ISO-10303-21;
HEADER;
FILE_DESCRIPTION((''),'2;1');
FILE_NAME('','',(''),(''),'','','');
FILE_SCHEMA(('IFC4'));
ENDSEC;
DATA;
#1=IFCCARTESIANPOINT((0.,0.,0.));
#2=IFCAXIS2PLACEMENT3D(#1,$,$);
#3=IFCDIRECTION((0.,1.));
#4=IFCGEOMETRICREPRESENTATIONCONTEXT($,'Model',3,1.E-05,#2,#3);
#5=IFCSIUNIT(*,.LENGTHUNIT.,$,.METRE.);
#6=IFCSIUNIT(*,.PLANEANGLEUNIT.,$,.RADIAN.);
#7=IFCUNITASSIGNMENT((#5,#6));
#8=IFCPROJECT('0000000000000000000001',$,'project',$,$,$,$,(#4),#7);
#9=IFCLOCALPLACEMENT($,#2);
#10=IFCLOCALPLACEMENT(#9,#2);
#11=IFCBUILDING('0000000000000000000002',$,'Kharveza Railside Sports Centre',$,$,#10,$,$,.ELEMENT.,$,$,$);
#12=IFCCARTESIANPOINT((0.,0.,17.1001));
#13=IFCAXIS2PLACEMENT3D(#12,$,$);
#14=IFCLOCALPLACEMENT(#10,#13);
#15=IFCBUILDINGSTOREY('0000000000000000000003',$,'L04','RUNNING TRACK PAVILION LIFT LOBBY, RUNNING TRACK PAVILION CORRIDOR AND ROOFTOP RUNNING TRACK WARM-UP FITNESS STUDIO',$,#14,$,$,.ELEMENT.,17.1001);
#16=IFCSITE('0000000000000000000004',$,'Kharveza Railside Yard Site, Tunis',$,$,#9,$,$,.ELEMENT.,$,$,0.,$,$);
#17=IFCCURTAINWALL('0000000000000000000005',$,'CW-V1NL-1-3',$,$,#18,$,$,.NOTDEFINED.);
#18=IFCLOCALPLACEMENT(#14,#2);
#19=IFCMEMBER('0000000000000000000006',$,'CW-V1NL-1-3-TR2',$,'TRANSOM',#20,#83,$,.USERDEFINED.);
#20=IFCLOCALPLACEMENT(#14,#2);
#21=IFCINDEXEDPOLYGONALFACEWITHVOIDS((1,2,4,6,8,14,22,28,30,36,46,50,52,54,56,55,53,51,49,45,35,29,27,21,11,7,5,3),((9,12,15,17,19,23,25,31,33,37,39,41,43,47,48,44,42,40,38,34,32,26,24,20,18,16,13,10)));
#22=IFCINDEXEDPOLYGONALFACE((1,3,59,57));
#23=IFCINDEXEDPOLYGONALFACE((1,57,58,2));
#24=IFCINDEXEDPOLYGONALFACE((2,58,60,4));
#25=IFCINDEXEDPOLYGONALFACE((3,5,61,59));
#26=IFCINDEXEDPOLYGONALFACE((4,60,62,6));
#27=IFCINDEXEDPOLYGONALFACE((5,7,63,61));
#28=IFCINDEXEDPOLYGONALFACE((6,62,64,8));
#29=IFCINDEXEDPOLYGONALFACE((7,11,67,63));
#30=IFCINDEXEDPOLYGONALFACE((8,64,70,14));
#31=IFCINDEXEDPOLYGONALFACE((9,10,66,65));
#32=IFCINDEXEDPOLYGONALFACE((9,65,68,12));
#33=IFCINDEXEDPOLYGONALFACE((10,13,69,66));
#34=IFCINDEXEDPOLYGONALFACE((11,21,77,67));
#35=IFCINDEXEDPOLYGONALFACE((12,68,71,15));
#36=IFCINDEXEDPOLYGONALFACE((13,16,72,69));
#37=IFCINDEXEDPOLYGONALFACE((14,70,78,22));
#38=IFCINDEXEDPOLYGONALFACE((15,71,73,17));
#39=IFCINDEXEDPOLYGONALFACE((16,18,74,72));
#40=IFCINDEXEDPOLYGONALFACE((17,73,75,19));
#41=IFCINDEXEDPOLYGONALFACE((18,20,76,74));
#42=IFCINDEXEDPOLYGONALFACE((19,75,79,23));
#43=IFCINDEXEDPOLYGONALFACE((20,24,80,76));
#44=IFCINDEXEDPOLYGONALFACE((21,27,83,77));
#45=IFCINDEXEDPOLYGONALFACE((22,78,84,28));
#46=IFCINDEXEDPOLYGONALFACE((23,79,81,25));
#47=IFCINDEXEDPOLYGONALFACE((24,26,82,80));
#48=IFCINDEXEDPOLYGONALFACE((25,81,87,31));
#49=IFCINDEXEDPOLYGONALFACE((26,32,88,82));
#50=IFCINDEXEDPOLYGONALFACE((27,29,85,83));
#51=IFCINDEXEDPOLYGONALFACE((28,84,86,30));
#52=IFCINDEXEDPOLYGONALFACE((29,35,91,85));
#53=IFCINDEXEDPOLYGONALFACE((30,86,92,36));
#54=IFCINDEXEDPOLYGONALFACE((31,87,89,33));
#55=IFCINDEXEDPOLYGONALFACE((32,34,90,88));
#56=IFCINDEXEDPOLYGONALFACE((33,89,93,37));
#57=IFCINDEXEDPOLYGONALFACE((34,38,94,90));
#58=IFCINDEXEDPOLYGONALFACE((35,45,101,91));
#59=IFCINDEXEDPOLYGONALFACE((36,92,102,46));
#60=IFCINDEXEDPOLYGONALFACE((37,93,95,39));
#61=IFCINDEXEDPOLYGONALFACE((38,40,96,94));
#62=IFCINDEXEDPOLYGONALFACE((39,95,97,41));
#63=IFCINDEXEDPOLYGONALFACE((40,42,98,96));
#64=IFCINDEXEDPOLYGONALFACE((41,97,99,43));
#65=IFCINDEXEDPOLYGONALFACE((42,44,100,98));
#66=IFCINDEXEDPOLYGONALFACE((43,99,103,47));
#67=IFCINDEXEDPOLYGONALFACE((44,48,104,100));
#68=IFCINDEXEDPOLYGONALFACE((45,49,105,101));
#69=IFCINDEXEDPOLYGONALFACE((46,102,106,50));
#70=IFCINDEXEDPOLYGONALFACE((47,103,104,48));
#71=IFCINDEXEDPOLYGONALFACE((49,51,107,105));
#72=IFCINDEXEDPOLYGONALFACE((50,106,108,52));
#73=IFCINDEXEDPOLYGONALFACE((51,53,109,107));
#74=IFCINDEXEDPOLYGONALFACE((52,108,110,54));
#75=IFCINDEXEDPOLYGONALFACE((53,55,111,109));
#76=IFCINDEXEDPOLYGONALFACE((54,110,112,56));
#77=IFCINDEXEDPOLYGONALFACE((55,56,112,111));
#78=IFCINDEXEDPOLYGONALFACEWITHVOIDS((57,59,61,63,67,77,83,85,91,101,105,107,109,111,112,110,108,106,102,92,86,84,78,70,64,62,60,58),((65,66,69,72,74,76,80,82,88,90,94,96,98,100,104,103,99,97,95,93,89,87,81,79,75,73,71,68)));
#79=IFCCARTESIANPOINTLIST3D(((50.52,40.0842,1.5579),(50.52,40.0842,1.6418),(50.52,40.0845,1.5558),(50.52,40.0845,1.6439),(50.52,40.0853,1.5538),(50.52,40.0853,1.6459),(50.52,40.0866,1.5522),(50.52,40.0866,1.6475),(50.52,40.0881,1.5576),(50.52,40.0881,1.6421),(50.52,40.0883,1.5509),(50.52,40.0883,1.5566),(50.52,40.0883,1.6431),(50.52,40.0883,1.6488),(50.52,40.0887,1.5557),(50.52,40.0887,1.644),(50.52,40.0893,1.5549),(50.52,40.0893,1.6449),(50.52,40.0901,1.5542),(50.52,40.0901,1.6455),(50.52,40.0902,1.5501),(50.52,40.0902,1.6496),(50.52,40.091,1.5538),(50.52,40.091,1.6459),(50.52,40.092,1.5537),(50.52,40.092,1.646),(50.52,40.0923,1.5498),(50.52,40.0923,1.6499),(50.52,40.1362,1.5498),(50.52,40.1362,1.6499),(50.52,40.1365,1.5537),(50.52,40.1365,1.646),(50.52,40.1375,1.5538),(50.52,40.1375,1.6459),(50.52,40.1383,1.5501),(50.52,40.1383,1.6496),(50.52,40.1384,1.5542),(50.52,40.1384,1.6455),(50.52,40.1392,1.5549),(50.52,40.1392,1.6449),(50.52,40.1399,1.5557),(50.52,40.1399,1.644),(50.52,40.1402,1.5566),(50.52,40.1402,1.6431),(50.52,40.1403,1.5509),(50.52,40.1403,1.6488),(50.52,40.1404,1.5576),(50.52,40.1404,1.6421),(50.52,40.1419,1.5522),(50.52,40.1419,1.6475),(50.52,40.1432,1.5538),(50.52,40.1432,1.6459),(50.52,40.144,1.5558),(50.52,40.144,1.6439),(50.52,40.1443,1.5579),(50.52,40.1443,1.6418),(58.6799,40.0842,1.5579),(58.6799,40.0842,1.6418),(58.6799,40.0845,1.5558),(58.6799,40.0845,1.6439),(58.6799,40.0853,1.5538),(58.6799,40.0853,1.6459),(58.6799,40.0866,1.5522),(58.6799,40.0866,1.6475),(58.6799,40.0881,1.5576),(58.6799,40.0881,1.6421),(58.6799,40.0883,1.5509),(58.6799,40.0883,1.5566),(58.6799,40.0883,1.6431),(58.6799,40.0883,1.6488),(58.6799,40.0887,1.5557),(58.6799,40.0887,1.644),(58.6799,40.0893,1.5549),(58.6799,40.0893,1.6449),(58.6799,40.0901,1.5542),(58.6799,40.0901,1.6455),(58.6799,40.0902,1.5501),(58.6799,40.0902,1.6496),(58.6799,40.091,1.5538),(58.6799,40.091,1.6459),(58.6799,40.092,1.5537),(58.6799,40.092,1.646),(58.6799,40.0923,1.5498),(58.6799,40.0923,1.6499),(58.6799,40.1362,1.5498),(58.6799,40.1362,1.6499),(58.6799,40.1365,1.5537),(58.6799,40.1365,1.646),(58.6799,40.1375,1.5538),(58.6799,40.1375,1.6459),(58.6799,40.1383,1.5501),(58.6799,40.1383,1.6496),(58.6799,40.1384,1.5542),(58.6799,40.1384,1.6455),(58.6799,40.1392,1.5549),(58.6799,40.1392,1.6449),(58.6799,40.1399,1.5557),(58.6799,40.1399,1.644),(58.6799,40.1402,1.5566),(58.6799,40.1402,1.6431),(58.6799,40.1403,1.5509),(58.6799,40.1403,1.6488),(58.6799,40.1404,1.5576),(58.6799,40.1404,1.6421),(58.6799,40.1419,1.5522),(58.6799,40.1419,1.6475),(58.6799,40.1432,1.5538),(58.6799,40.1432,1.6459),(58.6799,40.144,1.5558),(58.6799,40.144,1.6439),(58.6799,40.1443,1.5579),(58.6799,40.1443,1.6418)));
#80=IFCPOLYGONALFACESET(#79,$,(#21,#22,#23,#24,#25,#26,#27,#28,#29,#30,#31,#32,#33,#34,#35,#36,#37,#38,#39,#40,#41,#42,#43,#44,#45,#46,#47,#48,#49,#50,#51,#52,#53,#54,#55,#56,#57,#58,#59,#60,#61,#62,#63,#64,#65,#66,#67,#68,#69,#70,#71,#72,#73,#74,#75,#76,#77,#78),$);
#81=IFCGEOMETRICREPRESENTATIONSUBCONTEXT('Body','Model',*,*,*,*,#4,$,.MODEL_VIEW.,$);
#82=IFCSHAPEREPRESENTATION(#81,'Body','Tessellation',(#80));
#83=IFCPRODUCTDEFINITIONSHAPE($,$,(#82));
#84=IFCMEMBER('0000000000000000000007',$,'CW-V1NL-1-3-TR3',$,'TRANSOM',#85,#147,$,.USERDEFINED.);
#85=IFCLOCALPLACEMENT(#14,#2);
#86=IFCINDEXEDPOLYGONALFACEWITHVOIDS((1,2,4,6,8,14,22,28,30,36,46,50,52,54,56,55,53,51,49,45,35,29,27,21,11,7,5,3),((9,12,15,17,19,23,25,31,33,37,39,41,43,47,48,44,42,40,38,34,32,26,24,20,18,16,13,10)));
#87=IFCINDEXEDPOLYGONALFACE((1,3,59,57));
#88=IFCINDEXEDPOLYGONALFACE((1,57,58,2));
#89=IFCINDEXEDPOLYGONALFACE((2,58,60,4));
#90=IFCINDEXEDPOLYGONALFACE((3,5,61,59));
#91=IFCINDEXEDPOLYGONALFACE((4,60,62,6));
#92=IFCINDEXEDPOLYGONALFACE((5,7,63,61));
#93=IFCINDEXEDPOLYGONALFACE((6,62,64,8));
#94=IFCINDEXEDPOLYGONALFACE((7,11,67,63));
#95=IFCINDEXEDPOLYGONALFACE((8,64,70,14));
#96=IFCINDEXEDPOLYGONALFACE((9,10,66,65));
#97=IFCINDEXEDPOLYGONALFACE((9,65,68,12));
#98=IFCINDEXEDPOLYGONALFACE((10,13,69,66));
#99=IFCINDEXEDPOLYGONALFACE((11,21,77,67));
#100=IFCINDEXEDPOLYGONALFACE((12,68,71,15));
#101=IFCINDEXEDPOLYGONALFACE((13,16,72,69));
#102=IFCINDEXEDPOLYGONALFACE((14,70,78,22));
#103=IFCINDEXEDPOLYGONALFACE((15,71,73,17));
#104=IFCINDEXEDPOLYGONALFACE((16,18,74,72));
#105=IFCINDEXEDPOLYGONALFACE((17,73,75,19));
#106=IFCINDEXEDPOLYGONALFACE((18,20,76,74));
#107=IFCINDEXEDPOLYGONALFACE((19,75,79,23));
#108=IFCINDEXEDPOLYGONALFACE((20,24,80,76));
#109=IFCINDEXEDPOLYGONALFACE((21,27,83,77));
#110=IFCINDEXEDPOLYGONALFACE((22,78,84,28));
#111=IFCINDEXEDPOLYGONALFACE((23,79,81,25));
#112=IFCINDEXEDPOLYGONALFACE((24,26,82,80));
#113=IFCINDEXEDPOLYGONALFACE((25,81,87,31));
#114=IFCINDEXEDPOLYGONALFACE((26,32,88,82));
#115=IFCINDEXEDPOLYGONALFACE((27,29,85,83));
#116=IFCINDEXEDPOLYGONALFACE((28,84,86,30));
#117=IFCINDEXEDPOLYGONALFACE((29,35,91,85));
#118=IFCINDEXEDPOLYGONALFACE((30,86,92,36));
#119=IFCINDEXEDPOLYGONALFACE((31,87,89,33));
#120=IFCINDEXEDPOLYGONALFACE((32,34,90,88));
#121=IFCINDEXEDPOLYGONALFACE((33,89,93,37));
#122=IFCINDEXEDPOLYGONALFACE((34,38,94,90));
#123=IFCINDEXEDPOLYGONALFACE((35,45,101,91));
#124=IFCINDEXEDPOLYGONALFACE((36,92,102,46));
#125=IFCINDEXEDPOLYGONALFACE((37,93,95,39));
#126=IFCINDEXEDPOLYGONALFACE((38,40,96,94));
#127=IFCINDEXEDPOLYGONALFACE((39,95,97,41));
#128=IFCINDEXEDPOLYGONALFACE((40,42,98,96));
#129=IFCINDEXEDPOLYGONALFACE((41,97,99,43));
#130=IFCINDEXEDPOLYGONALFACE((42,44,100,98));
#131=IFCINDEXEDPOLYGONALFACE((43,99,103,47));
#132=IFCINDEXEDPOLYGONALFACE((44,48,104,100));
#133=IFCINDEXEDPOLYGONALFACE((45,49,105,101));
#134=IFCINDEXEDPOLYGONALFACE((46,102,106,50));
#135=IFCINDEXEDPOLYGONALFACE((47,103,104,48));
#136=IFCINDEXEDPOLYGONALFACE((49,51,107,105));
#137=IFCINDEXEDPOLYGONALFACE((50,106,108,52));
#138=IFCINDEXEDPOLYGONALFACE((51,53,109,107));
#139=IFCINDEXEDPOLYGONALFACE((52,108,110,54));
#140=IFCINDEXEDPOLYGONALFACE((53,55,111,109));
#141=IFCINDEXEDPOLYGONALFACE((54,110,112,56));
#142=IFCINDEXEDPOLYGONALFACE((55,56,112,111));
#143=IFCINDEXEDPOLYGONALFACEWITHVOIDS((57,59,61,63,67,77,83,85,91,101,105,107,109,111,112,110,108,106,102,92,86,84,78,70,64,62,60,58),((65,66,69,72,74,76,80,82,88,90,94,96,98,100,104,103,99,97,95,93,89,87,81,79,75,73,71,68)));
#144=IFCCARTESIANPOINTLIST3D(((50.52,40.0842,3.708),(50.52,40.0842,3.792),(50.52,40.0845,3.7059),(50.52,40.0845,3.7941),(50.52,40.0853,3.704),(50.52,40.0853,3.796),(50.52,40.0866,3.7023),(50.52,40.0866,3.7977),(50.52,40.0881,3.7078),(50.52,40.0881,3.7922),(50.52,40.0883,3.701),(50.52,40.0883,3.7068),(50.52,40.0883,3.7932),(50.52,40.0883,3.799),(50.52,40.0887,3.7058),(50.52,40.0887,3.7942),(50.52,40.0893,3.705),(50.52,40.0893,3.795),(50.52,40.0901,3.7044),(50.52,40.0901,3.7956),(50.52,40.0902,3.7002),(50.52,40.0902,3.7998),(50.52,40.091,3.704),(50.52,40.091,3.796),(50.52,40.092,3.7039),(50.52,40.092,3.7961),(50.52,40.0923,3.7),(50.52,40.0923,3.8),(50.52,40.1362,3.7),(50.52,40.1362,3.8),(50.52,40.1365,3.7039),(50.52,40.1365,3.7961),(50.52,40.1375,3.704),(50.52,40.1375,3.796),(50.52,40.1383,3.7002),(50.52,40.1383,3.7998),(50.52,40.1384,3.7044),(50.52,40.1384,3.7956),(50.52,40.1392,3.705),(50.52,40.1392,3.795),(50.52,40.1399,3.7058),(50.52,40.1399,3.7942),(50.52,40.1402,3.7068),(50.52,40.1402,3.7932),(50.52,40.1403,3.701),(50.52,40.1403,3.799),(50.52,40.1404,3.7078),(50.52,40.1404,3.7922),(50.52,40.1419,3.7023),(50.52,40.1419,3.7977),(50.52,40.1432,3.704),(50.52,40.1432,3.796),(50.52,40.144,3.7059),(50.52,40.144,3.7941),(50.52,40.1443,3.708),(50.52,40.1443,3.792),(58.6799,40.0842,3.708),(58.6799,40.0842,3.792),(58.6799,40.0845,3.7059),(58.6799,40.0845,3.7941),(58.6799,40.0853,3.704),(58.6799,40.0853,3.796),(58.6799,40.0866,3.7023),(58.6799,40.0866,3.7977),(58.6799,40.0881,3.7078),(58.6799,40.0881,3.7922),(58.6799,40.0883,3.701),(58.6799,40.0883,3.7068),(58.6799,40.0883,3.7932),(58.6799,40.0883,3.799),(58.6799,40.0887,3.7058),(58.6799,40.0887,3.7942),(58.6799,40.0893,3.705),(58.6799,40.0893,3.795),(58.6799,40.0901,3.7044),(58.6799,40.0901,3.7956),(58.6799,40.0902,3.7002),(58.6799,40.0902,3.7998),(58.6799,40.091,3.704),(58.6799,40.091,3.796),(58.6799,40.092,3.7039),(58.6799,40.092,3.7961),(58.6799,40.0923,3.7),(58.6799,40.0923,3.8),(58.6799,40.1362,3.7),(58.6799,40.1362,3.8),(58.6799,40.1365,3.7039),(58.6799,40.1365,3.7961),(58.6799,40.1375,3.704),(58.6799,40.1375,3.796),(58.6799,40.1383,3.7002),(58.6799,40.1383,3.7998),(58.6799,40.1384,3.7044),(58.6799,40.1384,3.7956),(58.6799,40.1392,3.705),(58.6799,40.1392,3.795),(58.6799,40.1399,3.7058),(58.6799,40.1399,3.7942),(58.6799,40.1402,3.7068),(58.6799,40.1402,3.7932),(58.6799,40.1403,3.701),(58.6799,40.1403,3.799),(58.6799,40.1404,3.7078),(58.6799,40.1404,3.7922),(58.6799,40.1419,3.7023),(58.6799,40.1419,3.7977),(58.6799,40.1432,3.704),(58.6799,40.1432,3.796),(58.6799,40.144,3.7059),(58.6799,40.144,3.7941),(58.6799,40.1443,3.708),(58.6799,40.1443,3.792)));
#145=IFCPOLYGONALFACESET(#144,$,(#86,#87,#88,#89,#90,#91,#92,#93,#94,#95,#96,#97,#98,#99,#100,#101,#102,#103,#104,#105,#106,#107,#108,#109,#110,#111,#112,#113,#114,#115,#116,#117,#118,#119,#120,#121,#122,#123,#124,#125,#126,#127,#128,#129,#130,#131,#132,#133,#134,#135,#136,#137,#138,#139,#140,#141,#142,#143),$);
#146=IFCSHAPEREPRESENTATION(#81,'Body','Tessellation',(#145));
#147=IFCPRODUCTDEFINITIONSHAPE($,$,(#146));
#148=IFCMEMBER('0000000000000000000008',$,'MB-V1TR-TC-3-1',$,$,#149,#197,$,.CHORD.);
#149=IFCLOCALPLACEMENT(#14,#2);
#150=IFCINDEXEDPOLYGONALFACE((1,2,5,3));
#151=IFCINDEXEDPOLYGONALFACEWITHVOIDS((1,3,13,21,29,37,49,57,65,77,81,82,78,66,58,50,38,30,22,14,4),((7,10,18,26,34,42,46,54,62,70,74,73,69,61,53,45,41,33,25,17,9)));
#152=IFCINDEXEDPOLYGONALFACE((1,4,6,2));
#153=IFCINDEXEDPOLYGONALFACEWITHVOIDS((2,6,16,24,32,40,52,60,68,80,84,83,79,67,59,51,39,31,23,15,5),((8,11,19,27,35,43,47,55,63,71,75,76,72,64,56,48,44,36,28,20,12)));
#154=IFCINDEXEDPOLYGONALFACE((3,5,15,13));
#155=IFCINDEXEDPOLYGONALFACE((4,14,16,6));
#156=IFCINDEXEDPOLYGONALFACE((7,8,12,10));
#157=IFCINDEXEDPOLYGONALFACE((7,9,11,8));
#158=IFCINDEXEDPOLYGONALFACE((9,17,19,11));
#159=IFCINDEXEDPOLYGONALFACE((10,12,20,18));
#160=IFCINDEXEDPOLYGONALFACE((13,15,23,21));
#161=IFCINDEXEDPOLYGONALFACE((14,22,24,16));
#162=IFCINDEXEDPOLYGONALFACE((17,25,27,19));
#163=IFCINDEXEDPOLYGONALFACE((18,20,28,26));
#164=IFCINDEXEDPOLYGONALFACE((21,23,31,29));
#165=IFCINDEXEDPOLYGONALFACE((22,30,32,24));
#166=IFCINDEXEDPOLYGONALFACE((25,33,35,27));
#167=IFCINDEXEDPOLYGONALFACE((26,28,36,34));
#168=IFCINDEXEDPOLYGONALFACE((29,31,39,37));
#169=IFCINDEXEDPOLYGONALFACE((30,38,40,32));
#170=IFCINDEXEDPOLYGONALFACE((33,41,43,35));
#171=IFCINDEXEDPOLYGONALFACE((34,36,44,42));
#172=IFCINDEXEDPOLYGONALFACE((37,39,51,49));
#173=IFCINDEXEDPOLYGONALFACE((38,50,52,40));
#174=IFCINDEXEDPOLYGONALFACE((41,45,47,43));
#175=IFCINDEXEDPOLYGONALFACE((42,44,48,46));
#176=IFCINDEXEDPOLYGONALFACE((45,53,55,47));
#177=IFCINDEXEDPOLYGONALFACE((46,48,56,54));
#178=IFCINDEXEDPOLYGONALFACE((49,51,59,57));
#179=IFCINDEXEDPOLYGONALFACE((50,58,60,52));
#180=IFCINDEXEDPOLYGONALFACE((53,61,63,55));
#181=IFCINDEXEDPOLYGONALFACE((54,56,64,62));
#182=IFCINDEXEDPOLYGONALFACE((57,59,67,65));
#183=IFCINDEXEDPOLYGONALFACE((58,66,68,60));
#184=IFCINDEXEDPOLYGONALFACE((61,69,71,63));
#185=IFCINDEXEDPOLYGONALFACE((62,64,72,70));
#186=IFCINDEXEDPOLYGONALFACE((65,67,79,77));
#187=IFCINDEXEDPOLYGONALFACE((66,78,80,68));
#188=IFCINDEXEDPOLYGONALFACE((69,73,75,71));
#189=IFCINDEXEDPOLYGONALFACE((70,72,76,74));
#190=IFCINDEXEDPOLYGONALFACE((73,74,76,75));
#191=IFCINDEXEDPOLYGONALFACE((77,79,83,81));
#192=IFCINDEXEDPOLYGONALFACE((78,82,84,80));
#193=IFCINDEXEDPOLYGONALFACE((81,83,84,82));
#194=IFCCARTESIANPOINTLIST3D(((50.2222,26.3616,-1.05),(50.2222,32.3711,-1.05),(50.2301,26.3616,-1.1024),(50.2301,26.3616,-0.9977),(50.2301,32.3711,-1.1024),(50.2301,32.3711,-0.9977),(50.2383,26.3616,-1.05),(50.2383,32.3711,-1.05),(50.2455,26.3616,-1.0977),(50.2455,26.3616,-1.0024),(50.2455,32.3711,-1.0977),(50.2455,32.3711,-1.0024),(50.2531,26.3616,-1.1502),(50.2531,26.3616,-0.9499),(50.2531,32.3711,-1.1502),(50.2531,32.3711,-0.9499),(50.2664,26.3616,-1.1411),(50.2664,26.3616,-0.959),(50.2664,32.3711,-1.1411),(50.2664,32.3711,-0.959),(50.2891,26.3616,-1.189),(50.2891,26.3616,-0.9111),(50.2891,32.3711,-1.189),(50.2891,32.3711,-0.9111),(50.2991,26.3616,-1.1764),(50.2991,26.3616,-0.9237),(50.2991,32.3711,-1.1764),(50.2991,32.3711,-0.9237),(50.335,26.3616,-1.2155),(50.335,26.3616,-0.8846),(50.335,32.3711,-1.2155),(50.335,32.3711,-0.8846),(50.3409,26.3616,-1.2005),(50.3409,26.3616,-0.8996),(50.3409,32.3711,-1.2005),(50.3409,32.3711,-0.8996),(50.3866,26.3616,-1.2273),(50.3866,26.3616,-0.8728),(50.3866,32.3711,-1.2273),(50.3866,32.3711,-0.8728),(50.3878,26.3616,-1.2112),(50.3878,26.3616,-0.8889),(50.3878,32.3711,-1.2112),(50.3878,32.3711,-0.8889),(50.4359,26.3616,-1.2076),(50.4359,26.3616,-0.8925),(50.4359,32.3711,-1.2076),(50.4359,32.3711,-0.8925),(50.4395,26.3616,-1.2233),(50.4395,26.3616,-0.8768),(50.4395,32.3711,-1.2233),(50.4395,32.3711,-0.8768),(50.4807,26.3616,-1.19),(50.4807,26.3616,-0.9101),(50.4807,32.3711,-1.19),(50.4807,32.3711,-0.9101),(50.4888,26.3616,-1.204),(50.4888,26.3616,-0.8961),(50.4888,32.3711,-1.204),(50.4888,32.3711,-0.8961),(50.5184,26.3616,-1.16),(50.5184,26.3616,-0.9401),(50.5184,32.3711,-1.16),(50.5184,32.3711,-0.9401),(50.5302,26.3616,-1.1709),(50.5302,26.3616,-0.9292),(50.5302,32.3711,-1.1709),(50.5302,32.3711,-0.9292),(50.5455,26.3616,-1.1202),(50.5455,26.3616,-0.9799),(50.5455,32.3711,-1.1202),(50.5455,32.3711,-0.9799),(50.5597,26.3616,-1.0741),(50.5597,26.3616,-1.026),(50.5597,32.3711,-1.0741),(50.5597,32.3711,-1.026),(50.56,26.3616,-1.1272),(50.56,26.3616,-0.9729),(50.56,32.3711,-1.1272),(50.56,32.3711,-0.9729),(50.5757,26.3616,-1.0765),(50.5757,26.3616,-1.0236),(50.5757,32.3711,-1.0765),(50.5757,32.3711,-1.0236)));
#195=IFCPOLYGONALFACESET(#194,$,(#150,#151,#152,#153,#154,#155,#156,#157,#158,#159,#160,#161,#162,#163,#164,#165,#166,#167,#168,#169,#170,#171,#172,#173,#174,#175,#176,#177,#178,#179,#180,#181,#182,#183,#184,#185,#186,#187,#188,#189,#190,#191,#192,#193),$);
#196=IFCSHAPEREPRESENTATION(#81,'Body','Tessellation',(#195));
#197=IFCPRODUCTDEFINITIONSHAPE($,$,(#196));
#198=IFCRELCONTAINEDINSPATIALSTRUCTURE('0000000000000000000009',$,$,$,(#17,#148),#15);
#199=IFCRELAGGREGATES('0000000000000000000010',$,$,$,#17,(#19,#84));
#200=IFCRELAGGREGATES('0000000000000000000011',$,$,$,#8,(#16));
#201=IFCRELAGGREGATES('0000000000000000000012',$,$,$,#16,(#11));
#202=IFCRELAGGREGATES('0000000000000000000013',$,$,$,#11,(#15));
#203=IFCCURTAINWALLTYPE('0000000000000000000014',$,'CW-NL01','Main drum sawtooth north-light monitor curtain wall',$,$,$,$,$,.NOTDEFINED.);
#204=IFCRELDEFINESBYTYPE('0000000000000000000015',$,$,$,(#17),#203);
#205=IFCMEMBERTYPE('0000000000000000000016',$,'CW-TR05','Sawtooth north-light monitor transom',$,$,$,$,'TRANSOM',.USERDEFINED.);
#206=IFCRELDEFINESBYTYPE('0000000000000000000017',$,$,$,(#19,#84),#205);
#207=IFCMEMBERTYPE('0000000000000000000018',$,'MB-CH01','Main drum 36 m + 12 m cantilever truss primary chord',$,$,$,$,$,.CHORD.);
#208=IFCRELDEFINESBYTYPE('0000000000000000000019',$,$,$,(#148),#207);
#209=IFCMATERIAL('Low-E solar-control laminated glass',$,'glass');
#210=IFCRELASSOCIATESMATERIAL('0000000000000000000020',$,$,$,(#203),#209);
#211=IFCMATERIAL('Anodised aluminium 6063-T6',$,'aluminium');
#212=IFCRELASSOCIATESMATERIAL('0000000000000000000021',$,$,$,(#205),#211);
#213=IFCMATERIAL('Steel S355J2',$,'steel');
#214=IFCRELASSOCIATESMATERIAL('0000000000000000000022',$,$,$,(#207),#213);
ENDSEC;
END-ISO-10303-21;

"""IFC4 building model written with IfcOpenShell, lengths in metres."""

from ifc_helpers import new_model, si_unit, direction, frame, origin, origin_2d, place, context, subcontext, project, spatial, hollow_rectangle, hollow_circle, extrude, material, material_profile, profile_set, type_object, element, aggregate, save


model = new_model("IFC4")

# Units and contexts
model_context = context("Model", 3, precision=1e-05, world=origin(), true_north=direction((0.0, 1.0)))
body_context = subcontext(model_context, "Body", "Model", "MODEL_VIEW")
ifc_project = project(units=[si_unit("LENGTHUNIT", "METRE"), si_unit("PLANEANGLEUNIT", "RADIAN")], contexts=[model_context])

# Site, building, storey
site_placement = place(None, origin())
site = spatial("IfcSite", under=ifc_project, at=site_placement, Name="Kharveza Railside Yard Site, Tunis", CompositionType="ELEMENT", RefElevation=0.0)
building_placement = place(site_placement, origin())
building = spatial("IfcBuilding", under=site, at=building_placement, Name="Kharveza Railside Sports Centre", CompositionType="ELEMENT")
storey_placement = place(building_placement, frame((0.0, 0.0, 17.1001)))
storey = spatial("IfcBuildingStorey", under=building, at=storey_placement, Name="L04", Description="RUNNING TRACK PAVILION LIFT LOBBY, RUNNING TRACK PAVILION CORRIDOR AND ROOFTOP RUNNING TRACK WARM-UP FITNESS STUDIO", CompositionType="ELEMENT", Elevation=17.1001)

# Curtain wall
ifc_material_1 = material(Name="Low-E solar-control laminated glass", Category="glass")
curtain_wall_type = type_object("IfcCurtainWallType", Name="CW-NL01", Description="Main drum sawtooth north-light monitor curtain wall", PredefinedType="NOTDEFINED", material=ifc_material_1)
ifc_material_2 = material(Name="Anodised aluminium 6063-T6", Category="aluminium")
curtain_wall_1_placement = place(storey_placement, origin())
curtain_wall_1 = element("IfcCurtainWall", 1, at=curtain_wall_1_placement, inside=storey, type_object=curtain_wall_type, Name="CW-V1NL-1-3", PredefinedType="NOTDEFINED")

# Members
ifc_material_profile_1 = material_profile(ifc_material_2, hollow_rectangle(XDim=0.0601, YDim=0.1001, WallThickness=0.0039, InnerFilletRadius=0.0039, OuterFilletRadius=0.0081, at=origin_2d()), Name="RHS 60x100x4.0")
ifc_profile_set_1 = profile_set([ifc_material_profile_1], Name="Anodised aluminium 6063-T6")
member_type_1 = type_object("IfcMemberType", Name="CW-TR05", Description="Sawtooth north-light monitor transom", ElementType="TRANSOM", PredefinedType="USERDEFINED", material=ifc_profile_set_1)
member_1_placement = place(storey_placement, frame((50.52, 40.1143, 1.5999), z_axis=(1.0, 0.0, 0.0), x_axis=(0.0, 1.0, 0.0)))
member_1 = element("IfcMember", 2, at=member_1_placement, type_object=member_type_1, Name="CW-V1NL-1-3-TR2", ObjectType="TRANSOM", PredefinedType="USERDEFINED", context=body_context, shape_type="SweptSolid", body=[
    extrude(hollow_rectangle(XDim=0.0601, YDim=0.1001, WallThickness=0.0039, InnerFilletRadius=0.0039, OuterFilletRadius=0.0081, at=origin_2d()), origin(), (0.0, 0.0, 1.0), 8.1599),
])
member_2_placement = place(storey_placement, frame((50.52, 40.1143, 3.75), z_axis=(1.0, 0.0, 0.0), x_axis=(0.0, 1.0, 0.0)))
member_2 = element("IfcMember", 3, at=member_2_placement, type_object=member_type_1, Name="CW-V1NL-1-3-TR3", ObjectType="TRANSOM", PredefinedType="USERDEFINED", context=body_context, shape_type="SweptSolid", body=[
    extrude(hollow_rectangle(XDim=0.0601, YDim=0.1001, WallThickness=0.0039, InnerFilletRadius=0.0039, OuterFilletRadius=0.0081, at=origin_2d()), origin(), (0.0, 0.0, 1.0), 8.1599),
])

# Member
ifc_material_3 = material(Name="Steel S355J2", Category="steel")
ifc_material_profile_2 = material_profile(ifc_material_3, hollow_circle(Radius=0.1777, WallThickness=0.0161, at=origin_2d()), Name="CHS 355.6x16.0")
ifc_profile_set_2 = profile_set([ifc_material_profile_2], Name="Steel S355J2")
member_type_2 = type_object("IfcMemberType", Name="MB-CH01", Description="Main drum 36 m + 12 m cantilever truss primary chord", PredefinedType="CHORD", material=ifc_profile_set_2)
for number, where, z_axis, x_axis, name in (
    (4, (50.3999, 26.3616, -1.05), (0.0, 1.0, 0.0), (-1.0, 0.0, 0.0), "MB-V1TR-TC-3-1"),
):
    element("IfcMember", number, at=place(storey_placement, frame(where, z_axis=z_axis, x_axis=x_axis)), inside=storey, type_object=member_type_2, Name=name, PredefinedType="CHORD", context=body_context, shape_type="SweptSolid", body=[
        extrude(hollow_circle(Radius=0.1777, WallThickness=0.0161, at=origin_2d()), origin(), (0.0, 0.0, 1.0), 6.0095),
    ])

aggregate(curtain_wall_1, [member_1, member_2])

save(model, "model.ifc")
